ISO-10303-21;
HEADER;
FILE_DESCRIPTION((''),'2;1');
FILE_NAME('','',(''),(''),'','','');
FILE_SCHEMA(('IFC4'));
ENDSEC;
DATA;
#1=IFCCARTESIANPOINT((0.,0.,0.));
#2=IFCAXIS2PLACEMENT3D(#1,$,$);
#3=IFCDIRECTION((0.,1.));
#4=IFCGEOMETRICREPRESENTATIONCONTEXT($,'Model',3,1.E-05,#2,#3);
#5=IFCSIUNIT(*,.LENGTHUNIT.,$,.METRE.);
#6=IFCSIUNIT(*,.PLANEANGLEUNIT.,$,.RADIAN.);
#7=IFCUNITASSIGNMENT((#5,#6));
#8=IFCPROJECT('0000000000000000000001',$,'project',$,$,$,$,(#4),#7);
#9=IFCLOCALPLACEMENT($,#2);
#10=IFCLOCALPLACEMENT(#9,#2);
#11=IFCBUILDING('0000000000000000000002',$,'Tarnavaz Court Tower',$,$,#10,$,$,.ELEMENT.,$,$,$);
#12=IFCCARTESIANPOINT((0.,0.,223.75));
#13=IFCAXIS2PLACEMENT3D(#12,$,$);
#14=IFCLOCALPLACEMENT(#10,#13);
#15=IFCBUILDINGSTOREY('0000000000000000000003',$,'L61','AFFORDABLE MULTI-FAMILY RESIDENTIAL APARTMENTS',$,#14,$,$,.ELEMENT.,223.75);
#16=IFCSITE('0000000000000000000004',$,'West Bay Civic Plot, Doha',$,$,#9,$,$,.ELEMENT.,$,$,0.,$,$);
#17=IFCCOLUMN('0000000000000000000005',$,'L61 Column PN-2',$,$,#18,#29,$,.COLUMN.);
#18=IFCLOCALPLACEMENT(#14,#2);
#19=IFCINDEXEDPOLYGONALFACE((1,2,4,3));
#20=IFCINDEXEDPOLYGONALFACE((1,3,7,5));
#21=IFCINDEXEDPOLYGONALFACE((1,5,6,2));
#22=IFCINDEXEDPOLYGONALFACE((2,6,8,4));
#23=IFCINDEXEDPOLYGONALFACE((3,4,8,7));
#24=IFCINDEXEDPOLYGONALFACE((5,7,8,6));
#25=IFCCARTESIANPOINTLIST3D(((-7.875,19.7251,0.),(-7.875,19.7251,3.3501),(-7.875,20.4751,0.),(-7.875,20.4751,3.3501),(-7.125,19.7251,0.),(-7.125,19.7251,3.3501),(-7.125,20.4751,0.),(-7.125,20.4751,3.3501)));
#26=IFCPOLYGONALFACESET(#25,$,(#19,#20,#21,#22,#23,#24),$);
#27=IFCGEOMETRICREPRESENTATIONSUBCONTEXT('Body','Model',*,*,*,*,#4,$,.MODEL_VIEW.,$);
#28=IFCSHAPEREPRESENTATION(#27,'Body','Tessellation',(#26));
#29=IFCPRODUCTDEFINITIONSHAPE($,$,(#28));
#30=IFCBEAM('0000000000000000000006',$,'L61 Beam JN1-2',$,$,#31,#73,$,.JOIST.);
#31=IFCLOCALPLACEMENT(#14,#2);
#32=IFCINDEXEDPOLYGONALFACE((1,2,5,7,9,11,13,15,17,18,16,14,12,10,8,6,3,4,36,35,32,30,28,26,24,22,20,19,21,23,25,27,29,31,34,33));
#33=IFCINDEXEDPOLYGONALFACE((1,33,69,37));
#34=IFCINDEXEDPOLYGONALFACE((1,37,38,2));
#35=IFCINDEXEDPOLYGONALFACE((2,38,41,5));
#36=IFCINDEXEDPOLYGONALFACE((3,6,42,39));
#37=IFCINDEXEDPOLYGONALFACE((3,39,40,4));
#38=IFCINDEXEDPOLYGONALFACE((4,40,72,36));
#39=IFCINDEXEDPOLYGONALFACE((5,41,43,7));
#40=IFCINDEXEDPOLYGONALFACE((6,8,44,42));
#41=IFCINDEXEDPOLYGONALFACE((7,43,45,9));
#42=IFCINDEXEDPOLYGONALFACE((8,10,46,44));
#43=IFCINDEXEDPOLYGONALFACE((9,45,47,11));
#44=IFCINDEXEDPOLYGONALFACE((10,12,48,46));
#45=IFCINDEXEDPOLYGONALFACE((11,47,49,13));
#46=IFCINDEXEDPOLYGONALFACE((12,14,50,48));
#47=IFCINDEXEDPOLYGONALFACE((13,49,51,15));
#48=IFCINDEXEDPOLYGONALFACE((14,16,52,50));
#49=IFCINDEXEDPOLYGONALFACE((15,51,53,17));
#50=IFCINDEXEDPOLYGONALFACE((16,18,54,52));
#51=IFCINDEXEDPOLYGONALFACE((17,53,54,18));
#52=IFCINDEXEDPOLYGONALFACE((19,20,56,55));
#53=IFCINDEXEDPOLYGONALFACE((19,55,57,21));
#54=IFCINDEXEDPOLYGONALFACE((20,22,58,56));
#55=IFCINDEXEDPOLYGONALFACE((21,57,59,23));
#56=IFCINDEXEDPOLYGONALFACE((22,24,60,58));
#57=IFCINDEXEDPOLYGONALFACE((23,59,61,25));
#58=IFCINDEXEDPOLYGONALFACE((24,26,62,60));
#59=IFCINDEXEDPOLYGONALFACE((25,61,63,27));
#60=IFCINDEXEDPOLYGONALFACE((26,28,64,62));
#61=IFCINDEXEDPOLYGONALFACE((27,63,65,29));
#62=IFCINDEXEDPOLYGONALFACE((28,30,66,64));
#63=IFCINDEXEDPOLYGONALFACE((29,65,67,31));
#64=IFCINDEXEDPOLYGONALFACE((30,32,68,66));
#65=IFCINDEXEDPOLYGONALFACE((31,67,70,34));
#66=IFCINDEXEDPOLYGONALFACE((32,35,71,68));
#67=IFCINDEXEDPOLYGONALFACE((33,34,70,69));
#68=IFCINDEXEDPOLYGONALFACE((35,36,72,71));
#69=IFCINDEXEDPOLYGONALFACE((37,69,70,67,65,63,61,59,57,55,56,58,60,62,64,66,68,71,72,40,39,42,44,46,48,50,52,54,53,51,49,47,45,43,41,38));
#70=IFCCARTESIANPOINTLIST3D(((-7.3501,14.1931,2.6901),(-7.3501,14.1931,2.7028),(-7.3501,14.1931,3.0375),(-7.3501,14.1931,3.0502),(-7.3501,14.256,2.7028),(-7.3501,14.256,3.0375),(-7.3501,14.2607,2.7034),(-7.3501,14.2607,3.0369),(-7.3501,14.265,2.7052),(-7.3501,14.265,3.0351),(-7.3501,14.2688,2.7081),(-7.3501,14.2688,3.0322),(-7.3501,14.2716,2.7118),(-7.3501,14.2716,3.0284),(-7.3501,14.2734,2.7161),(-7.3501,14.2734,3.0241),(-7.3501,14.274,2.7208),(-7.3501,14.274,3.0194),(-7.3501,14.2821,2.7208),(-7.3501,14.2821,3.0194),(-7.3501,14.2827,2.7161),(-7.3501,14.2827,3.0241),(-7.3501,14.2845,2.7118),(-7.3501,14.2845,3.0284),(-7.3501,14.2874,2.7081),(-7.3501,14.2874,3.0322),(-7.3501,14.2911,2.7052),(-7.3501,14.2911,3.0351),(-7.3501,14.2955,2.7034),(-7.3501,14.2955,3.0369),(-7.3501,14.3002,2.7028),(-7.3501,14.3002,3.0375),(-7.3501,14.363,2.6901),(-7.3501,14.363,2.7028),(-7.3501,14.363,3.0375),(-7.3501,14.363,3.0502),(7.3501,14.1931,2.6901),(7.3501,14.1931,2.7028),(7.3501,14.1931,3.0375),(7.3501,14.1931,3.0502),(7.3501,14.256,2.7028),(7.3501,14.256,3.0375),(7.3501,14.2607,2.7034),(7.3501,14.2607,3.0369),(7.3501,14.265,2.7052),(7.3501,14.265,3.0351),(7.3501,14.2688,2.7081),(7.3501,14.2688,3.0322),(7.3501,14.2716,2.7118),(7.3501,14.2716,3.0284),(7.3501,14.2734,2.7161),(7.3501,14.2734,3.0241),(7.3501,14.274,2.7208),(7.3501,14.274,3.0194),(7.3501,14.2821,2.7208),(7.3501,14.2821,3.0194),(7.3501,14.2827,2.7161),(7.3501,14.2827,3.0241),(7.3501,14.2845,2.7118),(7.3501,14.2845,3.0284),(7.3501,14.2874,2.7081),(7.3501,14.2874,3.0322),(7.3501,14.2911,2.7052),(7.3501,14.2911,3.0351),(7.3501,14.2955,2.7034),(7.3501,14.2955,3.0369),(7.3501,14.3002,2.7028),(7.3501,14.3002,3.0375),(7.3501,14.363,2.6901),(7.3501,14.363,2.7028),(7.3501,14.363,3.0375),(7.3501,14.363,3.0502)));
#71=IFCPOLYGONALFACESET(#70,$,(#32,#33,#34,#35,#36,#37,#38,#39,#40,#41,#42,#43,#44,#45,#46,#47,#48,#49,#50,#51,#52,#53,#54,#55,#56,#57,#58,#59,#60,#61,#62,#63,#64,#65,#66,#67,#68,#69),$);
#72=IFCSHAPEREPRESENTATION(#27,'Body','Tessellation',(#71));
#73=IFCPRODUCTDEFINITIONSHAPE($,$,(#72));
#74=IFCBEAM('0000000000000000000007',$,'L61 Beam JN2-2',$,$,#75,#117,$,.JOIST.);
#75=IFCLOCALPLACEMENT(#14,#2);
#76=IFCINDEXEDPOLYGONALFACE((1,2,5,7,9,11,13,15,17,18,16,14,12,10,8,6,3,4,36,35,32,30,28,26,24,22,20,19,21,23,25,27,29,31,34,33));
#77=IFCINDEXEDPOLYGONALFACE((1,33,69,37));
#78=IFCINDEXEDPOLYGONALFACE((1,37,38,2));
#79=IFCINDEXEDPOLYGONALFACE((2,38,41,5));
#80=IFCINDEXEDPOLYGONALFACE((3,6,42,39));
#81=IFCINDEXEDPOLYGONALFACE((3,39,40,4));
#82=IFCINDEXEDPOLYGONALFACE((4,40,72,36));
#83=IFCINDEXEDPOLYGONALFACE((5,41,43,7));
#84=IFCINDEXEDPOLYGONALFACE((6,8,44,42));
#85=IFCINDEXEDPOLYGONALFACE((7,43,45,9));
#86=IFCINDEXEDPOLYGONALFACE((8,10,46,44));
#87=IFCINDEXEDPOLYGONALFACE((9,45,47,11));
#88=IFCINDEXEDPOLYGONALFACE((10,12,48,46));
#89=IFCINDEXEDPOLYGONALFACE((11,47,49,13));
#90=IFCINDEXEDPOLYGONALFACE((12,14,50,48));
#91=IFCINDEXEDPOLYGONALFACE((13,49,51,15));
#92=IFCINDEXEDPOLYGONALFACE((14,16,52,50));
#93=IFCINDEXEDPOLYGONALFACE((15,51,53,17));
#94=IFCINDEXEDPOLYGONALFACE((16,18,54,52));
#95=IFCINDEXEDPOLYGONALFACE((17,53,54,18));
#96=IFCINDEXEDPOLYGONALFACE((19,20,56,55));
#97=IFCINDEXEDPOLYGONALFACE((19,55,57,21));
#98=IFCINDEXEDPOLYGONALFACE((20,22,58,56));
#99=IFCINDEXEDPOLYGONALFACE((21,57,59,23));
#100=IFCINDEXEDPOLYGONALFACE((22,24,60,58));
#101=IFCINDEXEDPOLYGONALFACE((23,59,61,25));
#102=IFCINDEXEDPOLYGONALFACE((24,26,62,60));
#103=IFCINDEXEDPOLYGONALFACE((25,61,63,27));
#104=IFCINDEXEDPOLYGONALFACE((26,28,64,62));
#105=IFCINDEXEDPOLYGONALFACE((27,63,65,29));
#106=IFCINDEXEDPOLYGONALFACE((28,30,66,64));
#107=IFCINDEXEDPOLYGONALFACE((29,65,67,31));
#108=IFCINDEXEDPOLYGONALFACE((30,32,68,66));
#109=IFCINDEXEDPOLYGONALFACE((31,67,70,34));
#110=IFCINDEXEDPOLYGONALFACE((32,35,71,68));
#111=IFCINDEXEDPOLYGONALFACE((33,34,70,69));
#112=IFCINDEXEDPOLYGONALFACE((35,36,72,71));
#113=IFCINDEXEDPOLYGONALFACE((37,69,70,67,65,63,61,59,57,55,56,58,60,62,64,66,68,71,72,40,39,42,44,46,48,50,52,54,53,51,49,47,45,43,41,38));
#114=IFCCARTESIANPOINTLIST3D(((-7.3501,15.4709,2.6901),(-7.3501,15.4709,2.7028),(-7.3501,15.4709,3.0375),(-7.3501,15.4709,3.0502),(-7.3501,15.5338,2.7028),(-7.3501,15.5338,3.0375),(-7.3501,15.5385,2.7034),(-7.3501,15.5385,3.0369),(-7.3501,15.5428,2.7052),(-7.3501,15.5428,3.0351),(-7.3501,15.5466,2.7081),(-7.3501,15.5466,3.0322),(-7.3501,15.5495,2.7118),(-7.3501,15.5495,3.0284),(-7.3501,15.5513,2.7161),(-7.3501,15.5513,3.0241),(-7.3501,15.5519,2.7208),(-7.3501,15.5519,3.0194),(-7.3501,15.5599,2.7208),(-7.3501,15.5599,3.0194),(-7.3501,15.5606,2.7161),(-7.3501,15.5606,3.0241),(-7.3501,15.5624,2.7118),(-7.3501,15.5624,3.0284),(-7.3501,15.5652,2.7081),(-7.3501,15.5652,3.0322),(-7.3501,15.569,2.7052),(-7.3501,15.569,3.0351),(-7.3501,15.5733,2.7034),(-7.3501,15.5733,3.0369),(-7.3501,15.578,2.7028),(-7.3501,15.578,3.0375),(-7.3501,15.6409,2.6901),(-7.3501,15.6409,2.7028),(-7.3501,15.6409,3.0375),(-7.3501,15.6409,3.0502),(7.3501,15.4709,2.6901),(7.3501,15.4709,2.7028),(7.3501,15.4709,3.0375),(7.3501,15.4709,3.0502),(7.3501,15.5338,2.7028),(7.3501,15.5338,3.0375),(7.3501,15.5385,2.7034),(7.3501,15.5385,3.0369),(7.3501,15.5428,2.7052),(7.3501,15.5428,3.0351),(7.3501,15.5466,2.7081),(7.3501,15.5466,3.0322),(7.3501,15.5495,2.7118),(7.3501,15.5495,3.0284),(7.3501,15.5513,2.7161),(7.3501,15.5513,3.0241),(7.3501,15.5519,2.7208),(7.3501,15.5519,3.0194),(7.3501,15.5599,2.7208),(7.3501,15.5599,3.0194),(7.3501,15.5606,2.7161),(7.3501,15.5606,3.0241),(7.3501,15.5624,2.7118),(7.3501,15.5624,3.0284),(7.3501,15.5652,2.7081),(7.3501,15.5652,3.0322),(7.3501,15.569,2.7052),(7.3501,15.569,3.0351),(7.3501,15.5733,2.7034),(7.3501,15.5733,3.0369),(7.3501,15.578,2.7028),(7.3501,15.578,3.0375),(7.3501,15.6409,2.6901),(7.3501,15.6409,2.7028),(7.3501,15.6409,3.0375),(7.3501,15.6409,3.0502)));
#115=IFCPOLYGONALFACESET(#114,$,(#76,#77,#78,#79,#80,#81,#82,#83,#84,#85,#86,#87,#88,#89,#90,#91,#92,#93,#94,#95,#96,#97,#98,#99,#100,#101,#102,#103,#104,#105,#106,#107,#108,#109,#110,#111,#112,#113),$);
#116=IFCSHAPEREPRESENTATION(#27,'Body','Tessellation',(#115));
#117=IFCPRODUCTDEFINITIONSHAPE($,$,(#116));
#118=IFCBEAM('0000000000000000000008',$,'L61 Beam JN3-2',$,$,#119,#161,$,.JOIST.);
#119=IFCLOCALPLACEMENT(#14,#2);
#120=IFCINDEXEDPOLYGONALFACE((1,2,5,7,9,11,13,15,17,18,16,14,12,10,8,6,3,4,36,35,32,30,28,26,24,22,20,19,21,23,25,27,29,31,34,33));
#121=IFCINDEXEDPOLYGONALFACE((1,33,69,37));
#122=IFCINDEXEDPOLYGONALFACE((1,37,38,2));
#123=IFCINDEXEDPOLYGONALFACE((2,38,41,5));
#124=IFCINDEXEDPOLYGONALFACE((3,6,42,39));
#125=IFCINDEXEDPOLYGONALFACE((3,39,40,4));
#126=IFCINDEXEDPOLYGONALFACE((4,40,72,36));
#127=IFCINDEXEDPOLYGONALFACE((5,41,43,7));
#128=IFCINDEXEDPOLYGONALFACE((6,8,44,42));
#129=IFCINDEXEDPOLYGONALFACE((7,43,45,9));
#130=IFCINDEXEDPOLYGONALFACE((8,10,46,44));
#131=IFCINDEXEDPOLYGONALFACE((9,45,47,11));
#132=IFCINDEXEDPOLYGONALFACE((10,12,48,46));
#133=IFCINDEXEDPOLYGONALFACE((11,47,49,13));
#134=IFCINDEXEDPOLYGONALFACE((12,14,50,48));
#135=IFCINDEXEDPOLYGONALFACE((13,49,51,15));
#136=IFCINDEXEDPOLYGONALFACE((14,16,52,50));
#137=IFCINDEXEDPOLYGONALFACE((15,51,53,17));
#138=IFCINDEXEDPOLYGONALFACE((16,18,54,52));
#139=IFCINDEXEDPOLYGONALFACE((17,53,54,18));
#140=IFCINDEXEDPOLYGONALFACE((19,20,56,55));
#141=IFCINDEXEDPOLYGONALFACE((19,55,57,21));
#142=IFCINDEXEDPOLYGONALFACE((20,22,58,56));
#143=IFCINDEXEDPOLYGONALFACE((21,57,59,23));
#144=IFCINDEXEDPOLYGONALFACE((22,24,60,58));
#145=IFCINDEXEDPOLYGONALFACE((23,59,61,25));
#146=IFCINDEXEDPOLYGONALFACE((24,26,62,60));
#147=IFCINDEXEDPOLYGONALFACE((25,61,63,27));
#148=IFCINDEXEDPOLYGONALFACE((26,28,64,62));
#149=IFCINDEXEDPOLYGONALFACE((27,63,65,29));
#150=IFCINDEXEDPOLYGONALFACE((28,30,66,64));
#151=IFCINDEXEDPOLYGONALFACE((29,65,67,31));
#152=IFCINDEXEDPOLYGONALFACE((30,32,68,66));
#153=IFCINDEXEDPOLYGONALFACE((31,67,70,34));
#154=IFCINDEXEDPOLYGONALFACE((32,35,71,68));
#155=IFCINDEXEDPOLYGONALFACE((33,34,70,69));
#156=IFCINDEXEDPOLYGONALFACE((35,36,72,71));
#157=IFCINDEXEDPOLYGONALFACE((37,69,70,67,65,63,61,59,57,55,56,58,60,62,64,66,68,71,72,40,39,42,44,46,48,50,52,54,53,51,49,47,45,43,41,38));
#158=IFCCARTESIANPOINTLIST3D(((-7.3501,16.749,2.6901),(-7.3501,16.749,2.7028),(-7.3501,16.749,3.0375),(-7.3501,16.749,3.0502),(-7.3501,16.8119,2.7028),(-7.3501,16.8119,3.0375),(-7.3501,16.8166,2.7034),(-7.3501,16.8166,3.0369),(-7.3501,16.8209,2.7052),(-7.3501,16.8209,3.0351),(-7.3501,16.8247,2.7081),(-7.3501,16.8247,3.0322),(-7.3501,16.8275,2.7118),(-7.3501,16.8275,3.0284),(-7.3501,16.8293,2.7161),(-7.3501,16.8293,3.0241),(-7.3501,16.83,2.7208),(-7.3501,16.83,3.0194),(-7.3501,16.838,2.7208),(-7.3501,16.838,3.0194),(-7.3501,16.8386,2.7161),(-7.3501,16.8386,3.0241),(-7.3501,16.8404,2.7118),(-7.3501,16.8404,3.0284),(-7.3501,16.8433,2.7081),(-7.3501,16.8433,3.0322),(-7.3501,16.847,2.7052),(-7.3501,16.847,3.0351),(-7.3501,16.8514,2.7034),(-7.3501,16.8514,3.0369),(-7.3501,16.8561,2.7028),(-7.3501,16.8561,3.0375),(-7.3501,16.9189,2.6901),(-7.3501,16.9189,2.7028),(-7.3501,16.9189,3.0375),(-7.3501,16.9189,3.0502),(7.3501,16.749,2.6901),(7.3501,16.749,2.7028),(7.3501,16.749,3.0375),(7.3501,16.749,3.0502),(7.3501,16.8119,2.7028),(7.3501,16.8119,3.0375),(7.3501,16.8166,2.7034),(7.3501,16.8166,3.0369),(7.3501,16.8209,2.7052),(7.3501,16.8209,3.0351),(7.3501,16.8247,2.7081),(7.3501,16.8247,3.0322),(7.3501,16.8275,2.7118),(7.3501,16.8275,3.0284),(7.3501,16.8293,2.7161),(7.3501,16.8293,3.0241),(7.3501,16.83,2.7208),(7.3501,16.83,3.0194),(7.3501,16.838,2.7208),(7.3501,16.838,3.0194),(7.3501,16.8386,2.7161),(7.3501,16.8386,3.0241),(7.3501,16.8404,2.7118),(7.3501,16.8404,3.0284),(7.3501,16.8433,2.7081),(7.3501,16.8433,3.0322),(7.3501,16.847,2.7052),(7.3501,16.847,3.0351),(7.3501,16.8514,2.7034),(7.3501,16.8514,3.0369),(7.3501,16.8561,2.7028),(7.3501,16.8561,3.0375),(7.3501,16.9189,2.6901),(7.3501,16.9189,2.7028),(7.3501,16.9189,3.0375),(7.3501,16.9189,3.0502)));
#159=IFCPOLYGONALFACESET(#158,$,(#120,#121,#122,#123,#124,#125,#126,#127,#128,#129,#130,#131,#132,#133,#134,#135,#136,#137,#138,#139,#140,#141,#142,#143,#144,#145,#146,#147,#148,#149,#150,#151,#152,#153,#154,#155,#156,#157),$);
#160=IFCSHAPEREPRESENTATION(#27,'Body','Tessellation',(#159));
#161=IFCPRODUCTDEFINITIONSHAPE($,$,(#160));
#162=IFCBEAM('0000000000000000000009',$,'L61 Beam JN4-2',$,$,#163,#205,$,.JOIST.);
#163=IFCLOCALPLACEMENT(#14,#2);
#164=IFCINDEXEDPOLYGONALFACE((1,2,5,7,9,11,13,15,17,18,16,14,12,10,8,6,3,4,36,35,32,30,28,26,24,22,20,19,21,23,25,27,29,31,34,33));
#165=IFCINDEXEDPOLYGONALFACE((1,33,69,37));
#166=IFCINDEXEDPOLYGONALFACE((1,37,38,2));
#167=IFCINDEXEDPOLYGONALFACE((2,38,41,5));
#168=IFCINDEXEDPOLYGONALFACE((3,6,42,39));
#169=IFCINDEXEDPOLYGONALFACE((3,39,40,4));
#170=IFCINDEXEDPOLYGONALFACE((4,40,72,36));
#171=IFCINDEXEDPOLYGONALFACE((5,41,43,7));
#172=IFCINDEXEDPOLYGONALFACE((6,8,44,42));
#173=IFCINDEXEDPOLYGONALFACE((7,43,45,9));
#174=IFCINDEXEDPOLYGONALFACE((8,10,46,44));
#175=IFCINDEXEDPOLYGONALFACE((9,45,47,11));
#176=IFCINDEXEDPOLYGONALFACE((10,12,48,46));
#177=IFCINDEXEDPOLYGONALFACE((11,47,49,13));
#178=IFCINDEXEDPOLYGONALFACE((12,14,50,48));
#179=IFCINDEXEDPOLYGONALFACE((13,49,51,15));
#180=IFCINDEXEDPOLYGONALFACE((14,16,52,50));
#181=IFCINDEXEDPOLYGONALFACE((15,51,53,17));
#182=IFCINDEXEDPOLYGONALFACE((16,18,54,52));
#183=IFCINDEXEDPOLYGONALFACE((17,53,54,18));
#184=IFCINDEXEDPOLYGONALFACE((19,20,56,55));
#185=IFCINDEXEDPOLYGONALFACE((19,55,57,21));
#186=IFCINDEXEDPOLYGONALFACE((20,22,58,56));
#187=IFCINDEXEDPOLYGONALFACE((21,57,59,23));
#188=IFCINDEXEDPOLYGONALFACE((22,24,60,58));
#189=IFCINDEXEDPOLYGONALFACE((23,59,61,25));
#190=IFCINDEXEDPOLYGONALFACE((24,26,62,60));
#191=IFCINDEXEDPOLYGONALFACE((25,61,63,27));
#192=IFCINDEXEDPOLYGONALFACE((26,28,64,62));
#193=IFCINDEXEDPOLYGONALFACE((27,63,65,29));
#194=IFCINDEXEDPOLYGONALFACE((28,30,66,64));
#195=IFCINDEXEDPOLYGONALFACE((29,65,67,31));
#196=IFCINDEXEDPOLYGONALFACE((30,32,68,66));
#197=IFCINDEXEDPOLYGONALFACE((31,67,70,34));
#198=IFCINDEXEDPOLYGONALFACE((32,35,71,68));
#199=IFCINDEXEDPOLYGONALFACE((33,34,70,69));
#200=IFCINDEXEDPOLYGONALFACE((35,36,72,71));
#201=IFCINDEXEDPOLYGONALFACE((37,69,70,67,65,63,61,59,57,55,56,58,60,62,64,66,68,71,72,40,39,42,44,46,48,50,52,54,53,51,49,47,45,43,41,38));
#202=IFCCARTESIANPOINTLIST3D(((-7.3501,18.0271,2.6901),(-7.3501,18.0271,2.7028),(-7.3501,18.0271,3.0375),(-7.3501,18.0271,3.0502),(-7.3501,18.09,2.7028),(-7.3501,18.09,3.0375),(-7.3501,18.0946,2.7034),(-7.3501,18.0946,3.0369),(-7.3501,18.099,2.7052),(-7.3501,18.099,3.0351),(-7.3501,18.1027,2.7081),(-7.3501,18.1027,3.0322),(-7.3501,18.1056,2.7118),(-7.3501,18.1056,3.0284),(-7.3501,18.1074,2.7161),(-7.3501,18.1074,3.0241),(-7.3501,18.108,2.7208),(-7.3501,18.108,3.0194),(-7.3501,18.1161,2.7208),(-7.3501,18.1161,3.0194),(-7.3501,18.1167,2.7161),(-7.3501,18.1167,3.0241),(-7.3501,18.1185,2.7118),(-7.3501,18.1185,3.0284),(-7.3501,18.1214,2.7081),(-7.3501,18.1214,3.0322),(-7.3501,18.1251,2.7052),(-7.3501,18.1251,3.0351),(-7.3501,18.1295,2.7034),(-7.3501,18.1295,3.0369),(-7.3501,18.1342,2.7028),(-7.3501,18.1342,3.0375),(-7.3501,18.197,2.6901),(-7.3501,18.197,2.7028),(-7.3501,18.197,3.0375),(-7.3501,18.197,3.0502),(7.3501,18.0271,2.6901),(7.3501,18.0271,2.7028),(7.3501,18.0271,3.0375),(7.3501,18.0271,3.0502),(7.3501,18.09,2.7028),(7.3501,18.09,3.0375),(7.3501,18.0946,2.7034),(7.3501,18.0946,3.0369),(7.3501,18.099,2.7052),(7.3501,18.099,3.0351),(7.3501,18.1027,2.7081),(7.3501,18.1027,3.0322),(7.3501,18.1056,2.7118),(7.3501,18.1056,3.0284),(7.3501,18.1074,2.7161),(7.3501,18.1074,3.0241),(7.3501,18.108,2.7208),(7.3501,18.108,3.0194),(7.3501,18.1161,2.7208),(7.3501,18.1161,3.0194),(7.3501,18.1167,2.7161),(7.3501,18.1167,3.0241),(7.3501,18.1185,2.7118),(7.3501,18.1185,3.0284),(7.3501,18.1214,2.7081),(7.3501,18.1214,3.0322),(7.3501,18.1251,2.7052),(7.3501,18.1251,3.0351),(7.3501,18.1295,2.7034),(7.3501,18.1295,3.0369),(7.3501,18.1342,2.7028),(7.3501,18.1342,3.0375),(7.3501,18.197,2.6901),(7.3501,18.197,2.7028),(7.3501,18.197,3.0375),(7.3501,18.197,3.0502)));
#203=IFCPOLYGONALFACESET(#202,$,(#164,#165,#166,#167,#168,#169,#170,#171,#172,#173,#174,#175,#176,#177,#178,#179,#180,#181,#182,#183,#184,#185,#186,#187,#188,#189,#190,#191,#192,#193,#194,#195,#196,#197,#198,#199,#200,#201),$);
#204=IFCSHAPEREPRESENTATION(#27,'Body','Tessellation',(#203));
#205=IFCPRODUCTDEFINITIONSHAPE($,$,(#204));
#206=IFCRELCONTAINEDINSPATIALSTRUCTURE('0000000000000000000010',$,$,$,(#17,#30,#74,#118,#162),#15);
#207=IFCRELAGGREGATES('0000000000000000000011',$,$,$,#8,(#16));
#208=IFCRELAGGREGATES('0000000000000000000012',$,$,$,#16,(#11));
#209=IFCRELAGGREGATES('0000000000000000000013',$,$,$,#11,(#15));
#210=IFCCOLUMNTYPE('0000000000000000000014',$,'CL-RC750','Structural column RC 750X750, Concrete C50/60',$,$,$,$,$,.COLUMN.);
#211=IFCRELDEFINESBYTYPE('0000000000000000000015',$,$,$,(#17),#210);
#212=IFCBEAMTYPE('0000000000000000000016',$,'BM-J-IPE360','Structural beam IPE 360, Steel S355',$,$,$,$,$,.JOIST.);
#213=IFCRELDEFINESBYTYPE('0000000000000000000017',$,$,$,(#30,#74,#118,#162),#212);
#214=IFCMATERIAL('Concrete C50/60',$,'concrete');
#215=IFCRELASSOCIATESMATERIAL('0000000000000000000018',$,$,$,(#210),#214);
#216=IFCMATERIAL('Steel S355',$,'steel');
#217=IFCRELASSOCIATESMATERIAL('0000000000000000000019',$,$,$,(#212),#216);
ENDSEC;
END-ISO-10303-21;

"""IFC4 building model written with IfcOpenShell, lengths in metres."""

from ifc_helpers import new_model, si_unit, direction, frame, origin, origin_2d, place, context, subcontext, project, spatial, rectangle, i_section, extrude, material, material_profile, profile_set, type_object, element, save


model = new_model("IFC4")

# Units and contexts
model_context = context("Model", 3, precision=1e-05, world=origin(), true_north=direction((0.0, 1.0)))
body_context = subcontext(model_context, "Body", "Model", "MODEL_VIEW")
ifc_project = project(units=[si_unit("LENGTHUNIT", "METRE"), si_unit("PLANEANGLEUNIT", "RADIAN")], contexts=[model_context])

# Site, building, storey
site_placement = place(None, origin())
site = spatial("IfcSite", under=ifc_project, at=site_placement, Name="West Bay Civic Plot, Doha", CompositionType="ELEMENT", RefElevation=0.0)
building_placement = place(site_placement, origin())
building = spatial("IfcBuilding", under=site, at=building_placement, Name="Tarnavaz Court Tower", CompositionType="ELEMENT")
storey_placement = place(building_placement, frame((0.0, 0.0, 223.75)))
storey = spatial("IfcBuildingStorey", under=building, at=storey_placement, Name="L61", Description="AFFORDABLE MULTI-FAMILY RESIDENTIAL APARTMENTS", CompositionType="ELEMENT", Elevation=223.75)

# Column
ifc_material_1 = material(Name="Concrete C50/60", Category="concrete")
ifc_material_profile_1 = material_profile(ifc_material_1, rectangle(XDim=0.75, YDim=0.75, at=origin_2d()), Name="RC 750X750")
ifc_profile_set_1 = profile_set([ifc_material_profile_1], Name="Concrete C50/60")
column_type = type_object("IfcColumnType", Name="CL-RC750", Description="Structural column RC 750X750, Concrete C50/60", PredefinedType="COLUMN", material=ifc_profile_set_1)
column_placement = place(storey_placement, frame((-7.5, 20.1001, 0.0), z_axis=(0.0, 0.0, 1.0), x_axis=(1.0, 0.0, 0.0)))
element("IfcColumn", 1, at=column_placement, inside=storey, type_object=column_type, Name="L61 Column PN-2", PredefinedType="COLUMN", context=body_context, shape_type="SweptSolid", body=[
    extrude(rectangle(XDim=0.75, YDim=0.75, at=origin_2d()), origin(), (0.0, 0.0, 1.0), 3.3501),
])

# Beams
ifc_material_2 = material(Name="Steel S355", Category="steel")
ifc_material_profile_2 = material_profile(ifc_material_2, i_section(OverallWidth=0.1699, OverallDepth=0.3601, WebThickness=0.0081, FlangeThickness=0.0127, FilletRadius=0.0181, at=origin_2d()), Name="IPE 360")
ifc_profile_set_2 = profile_set([ifc_material_profile_2], Name="Steel S355")
beam_type_1 = type_object("IfcBeamType", Name="BM-J-IPE360", Description="Structural beam IPE 360, Steel S355", PredefinedType="JOIST", material=ifc_profile_set_2)
for number, where, z_axis, x_axis, name in (
    (2, (-7.3501, 14.2781, 2.8701), (1.0, 0.0, 0.0), (0.0, 1.0, 0.0), "L61 Beam JN1-2"),
    (3, (-7.3501, 15.5559, 2.8701), (1.0, 0.0, 0.0), (0.0, 1.0, 0.0), "L61 Beam JN2-2"),
    (4, (-7.3501, 16.834, 2.8701), (1.0, 0.0, 0.0), (0.0, 1.0, 0.0), "L61 Beam JN3-2"),
    (5, (-7.3501, 18.1121, 2.8701), (1.0, 0.0, 0.0), (0.0, 1.0, 0.0), "L61 Beam JN4-2"),
):
    element("IfcBeam", number, at=place(storey_placement, frame(where, z_axis=z_axis, x_axis=x_axis)), inside=storey, type_object=beam_type_1, Name=name, PredefinedType="JOIST", context=body_context, shape_type="SweptSolid", body=[
        extrude(i_section(OverallWidth=0.1699, OverallDepth=0.3601, WebThickness=0.0081, FlangeThickness=0.0127, FilletRadius=0.0181, at=origin_2d()), origin(), (0.0, 0.0, 1.0), 14.7002),
    ])

save(model, "model.ifc")
